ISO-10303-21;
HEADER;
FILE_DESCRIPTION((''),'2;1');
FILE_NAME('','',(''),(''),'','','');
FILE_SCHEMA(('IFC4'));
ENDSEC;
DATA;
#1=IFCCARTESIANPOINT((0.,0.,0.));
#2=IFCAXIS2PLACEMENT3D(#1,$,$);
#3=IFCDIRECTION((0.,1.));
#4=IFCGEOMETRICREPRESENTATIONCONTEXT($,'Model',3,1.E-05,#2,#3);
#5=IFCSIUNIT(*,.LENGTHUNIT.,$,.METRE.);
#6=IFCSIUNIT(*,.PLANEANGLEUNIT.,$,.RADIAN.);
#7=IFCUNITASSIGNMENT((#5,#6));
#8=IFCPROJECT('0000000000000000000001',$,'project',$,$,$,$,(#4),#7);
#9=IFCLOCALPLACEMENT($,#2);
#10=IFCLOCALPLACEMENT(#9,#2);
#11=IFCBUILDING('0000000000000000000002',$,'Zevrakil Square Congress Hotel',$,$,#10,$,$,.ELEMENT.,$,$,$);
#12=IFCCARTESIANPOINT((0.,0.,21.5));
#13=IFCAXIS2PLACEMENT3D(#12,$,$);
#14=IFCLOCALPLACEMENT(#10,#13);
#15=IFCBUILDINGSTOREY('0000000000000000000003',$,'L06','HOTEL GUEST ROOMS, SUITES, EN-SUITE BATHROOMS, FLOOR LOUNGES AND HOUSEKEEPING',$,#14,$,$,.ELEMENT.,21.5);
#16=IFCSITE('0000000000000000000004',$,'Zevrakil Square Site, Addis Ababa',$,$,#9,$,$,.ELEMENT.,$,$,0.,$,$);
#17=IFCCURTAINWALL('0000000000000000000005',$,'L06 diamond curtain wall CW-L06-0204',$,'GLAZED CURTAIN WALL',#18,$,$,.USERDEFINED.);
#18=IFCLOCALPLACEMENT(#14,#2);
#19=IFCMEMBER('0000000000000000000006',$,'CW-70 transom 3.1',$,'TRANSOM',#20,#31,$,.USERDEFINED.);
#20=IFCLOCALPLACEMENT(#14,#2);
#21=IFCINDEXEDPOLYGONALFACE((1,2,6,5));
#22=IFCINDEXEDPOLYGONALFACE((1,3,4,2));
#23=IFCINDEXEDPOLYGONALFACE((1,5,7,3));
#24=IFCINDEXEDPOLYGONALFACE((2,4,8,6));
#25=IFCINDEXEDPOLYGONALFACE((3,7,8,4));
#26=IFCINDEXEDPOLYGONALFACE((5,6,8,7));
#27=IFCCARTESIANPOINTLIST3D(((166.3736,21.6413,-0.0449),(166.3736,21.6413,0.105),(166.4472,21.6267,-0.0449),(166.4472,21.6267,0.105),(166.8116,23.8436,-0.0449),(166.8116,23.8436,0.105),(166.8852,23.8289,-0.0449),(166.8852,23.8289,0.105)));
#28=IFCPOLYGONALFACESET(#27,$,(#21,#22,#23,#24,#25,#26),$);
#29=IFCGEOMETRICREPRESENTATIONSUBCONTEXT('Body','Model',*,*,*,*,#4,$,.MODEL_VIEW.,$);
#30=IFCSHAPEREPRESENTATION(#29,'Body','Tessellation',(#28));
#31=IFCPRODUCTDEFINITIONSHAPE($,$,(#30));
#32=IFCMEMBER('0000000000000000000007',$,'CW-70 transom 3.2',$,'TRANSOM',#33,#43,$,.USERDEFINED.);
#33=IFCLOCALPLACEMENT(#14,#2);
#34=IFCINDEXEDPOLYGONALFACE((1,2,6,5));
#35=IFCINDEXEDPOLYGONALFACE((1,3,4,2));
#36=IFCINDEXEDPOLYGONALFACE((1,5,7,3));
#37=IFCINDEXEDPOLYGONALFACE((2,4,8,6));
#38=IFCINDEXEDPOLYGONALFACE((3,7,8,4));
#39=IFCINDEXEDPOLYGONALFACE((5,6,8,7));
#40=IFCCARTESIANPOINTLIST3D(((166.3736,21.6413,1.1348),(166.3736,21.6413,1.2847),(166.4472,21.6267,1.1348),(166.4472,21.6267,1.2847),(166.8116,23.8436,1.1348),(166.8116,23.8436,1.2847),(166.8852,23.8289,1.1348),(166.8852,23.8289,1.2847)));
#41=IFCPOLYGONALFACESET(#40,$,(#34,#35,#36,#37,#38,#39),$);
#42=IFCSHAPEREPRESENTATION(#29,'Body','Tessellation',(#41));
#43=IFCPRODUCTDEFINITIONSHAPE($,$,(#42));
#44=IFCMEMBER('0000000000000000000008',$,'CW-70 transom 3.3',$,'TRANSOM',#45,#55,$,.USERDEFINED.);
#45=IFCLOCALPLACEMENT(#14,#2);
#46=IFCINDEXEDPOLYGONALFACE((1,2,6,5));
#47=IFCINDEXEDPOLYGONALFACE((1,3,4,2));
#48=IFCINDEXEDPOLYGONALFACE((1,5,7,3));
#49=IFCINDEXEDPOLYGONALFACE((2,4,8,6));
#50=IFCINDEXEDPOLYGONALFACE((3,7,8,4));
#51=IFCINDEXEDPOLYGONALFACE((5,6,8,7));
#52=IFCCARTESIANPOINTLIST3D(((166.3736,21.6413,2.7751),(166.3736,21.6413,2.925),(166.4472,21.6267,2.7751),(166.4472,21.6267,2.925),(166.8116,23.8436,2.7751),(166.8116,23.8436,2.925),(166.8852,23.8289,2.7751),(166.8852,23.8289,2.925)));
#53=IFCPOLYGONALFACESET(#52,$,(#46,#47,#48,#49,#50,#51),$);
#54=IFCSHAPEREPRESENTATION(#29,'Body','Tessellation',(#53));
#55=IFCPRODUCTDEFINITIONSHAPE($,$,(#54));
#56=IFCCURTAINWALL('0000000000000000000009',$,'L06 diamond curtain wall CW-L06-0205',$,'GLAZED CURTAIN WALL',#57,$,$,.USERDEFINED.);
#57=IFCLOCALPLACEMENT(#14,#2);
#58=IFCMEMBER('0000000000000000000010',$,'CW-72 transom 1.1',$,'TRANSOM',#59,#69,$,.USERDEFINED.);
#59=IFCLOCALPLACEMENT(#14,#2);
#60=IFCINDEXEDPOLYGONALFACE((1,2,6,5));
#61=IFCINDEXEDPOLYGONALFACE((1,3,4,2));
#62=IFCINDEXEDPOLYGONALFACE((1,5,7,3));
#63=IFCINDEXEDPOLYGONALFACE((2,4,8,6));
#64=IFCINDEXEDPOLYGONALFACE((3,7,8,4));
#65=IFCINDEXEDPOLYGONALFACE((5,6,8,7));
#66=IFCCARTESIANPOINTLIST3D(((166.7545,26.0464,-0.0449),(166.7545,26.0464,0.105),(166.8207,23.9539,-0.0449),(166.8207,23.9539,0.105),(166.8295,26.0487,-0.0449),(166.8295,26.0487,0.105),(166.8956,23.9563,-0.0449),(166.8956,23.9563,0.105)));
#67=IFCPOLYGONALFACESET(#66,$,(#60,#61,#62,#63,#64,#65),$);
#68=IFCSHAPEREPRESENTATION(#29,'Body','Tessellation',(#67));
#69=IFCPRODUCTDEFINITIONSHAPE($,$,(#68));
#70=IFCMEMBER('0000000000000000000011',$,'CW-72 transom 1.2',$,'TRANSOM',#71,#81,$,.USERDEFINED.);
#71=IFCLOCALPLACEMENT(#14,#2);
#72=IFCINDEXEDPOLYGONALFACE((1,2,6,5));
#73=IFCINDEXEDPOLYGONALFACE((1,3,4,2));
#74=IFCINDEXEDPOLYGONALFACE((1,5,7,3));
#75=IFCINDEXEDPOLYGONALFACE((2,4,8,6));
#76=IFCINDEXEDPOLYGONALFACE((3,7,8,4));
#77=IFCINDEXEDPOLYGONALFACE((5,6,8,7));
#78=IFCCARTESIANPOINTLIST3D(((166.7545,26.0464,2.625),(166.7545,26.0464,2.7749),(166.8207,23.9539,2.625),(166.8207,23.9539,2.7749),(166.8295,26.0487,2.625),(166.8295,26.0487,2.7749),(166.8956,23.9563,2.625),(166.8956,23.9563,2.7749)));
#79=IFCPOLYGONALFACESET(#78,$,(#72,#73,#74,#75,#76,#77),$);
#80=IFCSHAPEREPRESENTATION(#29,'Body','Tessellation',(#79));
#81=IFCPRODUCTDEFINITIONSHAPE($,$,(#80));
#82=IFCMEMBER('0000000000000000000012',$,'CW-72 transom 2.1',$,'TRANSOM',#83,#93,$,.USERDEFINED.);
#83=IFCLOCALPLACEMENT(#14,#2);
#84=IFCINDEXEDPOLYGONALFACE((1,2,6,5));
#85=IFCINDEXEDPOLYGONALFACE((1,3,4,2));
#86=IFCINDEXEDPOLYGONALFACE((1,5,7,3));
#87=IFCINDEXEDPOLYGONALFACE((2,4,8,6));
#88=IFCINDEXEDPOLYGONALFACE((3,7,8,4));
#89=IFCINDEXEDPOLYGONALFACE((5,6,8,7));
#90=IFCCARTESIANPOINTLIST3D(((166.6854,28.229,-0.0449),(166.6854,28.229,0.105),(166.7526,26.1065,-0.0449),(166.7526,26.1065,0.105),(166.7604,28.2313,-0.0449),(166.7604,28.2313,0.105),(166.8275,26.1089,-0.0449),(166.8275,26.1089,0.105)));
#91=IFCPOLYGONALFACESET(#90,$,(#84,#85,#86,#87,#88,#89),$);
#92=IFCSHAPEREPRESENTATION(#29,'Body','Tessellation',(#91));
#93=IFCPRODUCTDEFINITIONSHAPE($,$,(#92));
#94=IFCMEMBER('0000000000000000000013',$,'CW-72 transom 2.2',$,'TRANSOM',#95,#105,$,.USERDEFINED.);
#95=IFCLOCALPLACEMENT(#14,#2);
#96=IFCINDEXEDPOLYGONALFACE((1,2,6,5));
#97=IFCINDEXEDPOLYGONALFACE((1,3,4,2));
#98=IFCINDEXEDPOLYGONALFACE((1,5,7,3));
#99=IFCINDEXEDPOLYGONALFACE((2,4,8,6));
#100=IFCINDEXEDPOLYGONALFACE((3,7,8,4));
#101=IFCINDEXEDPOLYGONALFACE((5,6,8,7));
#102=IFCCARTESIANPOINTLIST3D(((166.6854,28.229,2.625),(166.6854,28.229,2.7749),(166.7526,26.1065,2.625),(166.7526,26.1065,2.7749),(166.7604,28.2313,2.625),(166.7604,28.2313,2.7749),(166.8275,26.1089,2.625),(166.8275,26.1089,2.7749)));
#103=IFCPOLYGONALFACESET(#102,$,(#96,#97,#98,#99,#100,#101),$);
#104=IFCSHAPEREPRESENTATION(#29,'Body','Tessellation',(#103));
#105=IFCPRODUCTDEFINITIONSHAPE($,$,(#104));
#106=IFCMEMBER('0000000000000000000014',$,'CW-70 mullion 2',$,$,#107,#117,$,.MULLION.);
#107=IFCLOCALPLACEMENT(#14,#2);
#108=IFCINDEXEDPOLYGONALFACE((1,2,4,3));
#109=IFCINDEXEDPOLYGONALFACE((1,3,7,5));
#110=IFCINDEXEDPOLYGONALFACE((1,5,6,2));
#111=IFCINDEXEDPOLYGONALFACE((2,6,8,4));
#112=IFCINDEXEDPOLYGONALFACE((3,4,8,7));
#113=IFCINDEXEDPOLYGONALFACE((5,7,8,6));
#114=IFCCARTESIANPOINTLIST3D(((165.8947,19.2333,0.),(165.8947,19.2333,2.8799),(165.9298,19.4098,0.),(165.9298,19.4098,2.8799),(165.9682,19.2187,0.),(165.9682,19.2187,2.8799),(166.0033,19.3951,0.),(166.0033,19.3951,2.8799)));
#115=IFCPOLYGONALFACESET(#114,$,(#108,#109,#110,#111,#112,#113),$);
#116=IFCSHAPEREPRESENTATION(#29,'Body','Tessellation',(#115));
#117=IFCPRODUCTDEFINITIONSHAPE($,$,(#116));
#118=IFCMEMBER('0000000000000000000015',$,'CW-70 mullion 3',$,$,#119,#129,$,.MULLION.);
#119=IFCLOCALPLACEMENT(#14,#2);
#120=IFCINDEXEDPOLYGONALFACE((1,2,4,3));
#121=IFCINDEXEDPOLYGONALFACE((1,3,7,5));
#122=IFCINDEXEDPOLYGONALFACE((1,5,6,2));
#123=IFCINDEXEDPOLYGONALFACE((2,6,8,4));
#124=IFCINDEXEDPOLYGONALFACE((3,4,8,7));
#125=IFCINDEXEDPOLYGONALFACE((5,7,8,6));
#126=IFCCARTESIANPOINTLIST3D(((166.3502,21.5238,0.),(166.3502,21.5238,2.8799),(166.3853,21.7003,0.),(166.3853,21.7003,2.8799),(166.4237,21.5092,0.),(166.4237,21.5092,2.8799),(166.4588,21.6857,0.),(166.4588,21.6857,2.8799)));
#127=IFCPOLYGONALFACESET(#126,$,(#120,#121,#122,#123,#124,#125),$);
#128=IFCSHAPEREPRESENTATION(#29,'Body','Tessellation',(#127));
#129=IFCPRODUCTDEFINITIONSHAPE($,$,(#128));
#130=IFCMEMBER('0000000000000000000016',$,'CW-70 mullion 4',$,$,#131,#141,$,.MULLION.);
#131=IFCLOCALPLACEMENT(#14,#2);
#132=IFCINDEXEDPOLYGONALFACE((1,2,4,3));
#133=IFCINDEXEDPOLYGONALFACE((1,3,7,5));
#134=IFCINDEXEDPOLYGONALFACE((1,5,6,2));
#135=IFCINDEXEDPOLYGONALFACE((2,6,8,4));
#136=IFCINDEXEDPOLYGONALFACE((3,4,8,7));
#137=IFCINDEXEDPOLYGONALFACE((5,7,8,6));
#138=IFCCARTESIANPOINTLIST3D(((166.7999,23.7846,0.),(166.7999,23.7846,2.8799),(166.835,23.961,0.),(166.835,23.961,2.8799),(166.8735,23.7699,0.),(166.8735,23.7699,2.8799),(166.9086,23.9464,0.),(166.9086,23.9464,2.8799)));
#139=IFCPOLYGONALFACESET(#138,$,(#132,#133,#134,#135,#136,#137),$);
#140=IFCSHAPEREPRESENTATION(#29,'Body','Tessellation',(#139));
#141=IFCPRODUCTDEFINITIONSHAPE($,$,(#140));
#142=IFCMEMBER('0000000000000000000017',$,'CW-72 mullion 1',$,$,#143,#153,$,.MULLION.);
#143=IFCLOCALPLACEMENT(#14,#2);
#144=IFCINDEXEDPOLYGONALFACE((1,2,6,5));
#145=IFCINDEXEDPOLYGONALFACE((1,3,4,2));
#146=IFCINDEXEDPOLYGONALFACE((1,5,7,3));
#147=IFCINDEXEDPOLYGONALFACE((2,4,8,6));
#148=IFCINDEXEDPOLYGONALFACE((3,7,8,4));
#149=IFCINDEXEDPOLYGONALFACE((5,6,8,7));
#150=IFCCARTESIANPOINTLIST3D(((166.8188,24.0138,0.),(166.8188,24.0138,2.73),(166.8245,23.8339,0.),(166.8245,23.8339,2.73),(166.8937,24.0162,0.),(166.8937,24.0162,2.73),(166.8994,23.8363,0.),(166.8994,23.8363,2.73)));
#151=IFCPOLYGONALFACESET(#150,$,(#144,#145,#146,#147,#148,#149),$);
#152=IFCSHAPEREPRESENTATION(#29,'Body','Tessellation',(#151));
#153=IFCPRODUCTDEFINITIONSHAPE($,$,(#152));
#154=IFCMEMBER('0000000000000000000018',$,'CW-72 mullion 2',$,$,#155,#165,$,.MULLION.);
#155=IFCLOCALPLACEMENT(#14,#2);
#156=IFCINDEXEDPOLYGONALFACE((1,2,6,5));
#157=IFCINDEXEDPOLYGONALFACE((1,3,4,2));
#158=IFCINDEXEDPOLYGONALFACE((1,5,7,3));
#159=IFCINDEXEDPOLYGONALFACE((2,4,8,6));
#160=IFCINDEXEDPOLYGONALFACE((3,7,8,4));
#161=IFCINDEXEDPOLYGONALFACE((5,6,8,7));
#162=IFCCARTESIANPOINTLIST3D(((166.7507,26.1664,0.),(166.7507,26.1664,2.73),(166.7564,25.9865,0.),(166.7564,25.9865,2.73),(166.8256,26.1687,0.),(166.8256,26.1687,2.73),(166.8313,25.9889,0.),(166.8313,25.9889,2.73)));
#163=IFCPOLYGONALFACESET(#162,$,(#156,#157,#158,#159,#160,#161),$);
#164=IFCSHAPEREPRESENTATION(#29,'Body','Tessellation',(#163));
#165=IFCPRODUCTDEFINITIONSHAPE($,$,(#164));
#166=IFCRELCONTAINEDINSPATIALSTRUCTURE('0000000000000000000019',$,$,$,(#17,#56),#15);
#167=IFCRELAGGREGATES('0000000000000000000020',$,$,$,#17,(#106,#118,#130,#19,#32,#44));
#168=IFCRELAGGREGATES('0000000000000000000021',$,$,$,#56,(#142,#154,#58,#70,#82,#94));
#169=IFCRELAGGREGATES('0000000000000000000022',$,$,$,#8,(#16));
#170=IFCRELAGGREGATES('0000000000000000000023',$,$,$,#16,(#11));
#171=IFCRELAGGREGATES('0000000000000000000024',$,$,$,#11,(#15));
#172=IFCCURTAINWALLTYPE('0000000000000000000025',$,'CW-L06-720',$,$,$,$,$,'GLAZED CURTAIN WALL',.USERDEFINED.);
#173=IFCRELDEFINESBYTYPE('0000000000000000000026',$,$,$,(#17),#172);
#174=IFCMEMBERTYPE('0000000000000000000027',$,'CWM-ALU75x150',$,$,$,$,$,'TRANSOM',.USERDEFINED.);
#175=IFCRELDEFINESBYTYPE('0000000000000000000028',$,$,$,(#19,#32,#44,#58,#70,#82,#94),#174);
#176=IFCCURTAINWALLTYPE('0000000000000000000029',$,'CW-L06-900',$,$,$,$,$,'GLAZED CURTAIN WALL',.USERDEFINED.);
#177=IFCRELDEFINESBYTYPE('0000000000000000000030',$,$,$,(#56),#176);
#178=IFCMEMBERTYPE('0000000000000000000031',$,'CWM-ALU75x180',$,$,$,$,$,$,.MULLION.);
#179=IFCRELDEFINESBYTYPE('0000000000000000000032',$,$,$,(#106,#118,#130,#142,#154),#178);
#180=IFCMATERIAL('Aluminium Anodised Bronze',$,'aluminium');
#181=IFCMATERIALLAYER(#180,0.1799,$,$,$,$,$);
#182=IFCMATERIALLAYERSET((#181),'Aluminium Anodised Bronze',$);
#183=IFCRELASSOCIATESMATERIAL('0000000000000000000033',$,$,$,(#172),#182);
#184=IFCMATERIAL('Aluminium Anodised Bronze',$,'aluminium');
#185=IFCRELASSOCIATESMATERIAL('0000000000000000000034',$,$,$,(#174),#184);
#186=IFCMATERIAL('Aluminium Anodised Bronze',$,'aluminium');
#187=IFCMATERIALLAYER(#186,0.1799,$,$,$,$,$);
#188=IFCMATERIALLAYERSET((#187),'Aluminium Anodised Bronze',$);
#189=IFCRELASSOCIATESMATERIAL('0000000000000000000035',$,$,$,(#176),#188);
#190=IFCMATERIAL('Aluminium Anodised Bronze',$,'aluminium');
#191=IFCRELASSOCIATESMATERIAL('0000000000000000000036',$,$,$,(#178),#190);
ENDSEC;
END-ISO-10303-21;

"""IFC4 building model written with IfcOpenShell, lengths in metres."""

from ifc_helpers import new_model, si_unit, direction, frame, origin, origin_2d, place, context, subcontext, project, spatial, rectangle, extrude, material, layer, layer_set, material_profile, profile_set, type_object, element, aggregate, save


model = new_model("IFC4")

# Units and contexts
model_context = context("Model", 3, precision=1e-05, world=origin(), true_north=direction((0.0, 1.0)))
body_context = subcontext(model_context, "Body", "Model", "MODEL_VIEW")
ifc_project = project(units=[si_unit("LENGTHUNIT", "METRE"), si_unit("PLANEANGLEUNIT", "RADIAN")], contexts=[model_context])

# Site, building, storey
site_placement = place(None, origin())
site = spatial("IfcSite", under=ifc_project, at=site_placement, Name="Zevrakil Square Site, Addis Ababa", CompositionType="ELEMENT", RefElevation=0.0)
building_placement = place(site_placement, origin())
building = spatial("IfcBuilding", under=site, at=building_placement, Name="Zevrakil Square Congress Hotel", CompositionType="ELEMENT")
storey_placement = place(building_placement, frame((0.0, 0.0, 21.5)))
storey = spatial("IfcBuildingStorey", under=building, at=storey_placement, Name="L06", Description="HOTEL GUEST ROOMS, SUITES, EN-SUITE BATHROOMS, FLOOR LOUNGES AND HOUSEKEEPING", CompositionType="ELEMENT", Elevation=21.5)

# Curtain walls, members
ifc_material_1 = material(Name="Aluminium Anodised Bronze", Category="aluminium")
ifc_layer_1 = layer(ifc_material_1, 0.1799)
ifc_layer_set_1 = layer_set([ifc_layer_1], Name="Aluminium Anodised Bronze")
curtain_wall_type_1 = type_object("IfcCurtainWallType", Name="CW-L06-720", ElementType="GLAZED CURTAIN WALL", PredefinedType="USERDEFINED", material=ifc_layer_set_1)
curtain_wall_1_placement = place(storey_placement, origin())
curtain_wall_1 = element("IfcCurtainWall", 1, at=curtain_wall_1_placement, inside=storey, type_object=curtain_wall_type_1, Name="L06 diamond curtain wall CW-L06-0204", ObjectType="GLAZED CURTAIN WALL", PredefinedType="USERDEFINED")
ifc_material_2 = material(Name="Aluminium Anodised Bronze", Category="aluminium")
ifc_material_profile_1 = material_profile(ifc_material_2, rectangle(XDim=0.075, YDim=0.1499, at=origin_2d()), Name="ALU 75x150")
ifc_profile_set_1 = profile_set([ifc_material_profile_1], Name="Aluminium Anodised Bronze")
member_type_1 = type_object("IfcMemberType", Name="CWM-ALU75x150", ElementType="TRANSOM", PredefinedType="USERDEFINED", material=ifc_profile_set_1)
member_1_placement = place(storey_placement, frame((166.4104, 21.634, 0.03), z_axis=(0.19507, 0.980789, 0.0), x_axis=(-0.980789, 0.19507, 0.0)))
member_1 = element("IfcMember", 2, at=member_1_placement, type_object=member_type_1, Name="CW-70 transom 3.1", ObjectType="TRANSOM", PredefinedType="USERDEFINED", context=body_context, shape_type="SweptSolid", body=[
    extrude(rectangle(XDim=0.075, YDim=0.1499, at=origin_2d()), origin(), (0.0, 0.0, 1.0), 2.2454),
])
member_2_placement = place(storey_placement, frame((166.4104, 21.634, 1.2097), z_axis=(0.19507, 0.980789, 0.0), x_axis=(-0.980789, 0.19507, 0.0)))
member_2 = element("IfcMember", 3, at=member_2_placement, type_object=member_type_1, Name="CW-70 transom 3.2", ObjectType="TRANSOM", PredefinedType="USERDEFINED", context=body_context, shape_type="SweptSolid", body=[
    extrude(rectangle(XDim=0.075, YDim=0.1499, at=origin_2d()), origin(), (0.0, 0.0, 1.0), 2.2454),
])
member_3_placement = place(storey_placement, frame((166.4104, 21.634, 2.8501), z_axis=(0.19507, 0.980789, 0.0), x_axis=(-0.980789, 0.19507, 0.0)))
member_3 = element("IfcMember", 4, at=member_3_placement, type_object=member_type_1, Name="CW-70 transom 3.3", ObjectType="TRANSOM", PredefinedType="USERDEFINED", context=body_context, shape_type="SweptSolid", body=[
    extrude(rectangle(XDim=0.075, YDim=0.1499, at=origin_2d()), origin(), (0.0, 0.0, 1.0), 2.2454),
])
ifc_material_3 = material(Name="Aluminium Anodised Bronze", Category="aluminium")
ifc_layer_2 = layer(ifc_material_3, 0.1799)
ifc_layer_set_2 = layer_set([ifc_layer_2], Name="Aluminium Anodised Bronze")
curtain_wall_type_2 = type_object("IfcCurtainWallType", Name="CW-L06-900", ElementType="GLAZED CURTAIN WALL", PredefinedType="USERDEFINED", material=ifc_layer_set_2)
curtain_wall_2_placement = place(storey_placement, origin())
curtain_wall_2 = element("IfcCurtainWall", 5, at=curtain_wall_2_placement, inside=storey, type_object=curtain_wall_type_2, Name="L06 diamond curtain wall CW-L06-0205", ObjectType="GLAZED CURTAIN WALL", PredefinedType="USERDEFINED")
member_4_placement = place(storey_placement, frame((166.8582, 23.9551, 0.03), z_axis=(-0.031602, 0.999501, 0.0), x_axis=(-0.999501, -0.031602, 0.0)))
member_4 = element("IfcMember", 6, at=member_4_placement, type_object=member_type_1, Name="CW-72 transom 1.1", ObjectType="TRANSOM", PredefinedType="USERDEFINED", context=body_context, shape_type="SweptSolid", body=[
    extrude(rectangle(XDim=0.075, YDim=0.1499, at=origin_2d()), origin(), (0.0, 0.0, 1.0), 2.0935),
])
member_5_placement = place(storey_placement, frame((166.8582, 23.9551, 2.7), z_axis=(-0.031602, 0.999501, 0.0), x_axis=(-0.999501, -0.031602, 0.0)))
member_5 = element("IfcMember", 7, at=member_5_placement, type_object=member_type_1, Name="CW-72 transom 1.2", ObjectType="TRANSOM", PredefinedType="USERDEFINED", context=body_context, shape_type="SweptSolid", body=[
    extrude(rectangle(XDim=0.075, YDim=0.1499, at=origin_2d()), origin(), (0.0, 0.0, 1.0), 2.0935),
])
member_6_placement = place(storey_placement, frame((166.79, 26.1077, 0.03), z_axis=(-0.031615, 0.9995, 0.0), x_axis=(-0.9995, -0.031615, 0.0)))
member_6 = element("IfcMember", 8, at=member_6_placement, type_object=member_type_1, Name="CW-72 transom 2.1", ObjectType="TRANSOM", PredefinedType="USERDEFINED", context=body_context, shape_type="SweptSolid", body=[
    extrude(rectangle(XDim=0.075, YDim=0.1499, at=origin_2d()), origin(), (0.0, 0.0, 1.0), 2.1235),
])
member_7_placement = place(storey_placement, frame((166.79, 26.1077, 2.7), z_axis=(-0.031615, 0.9995, 0.0), x_axis=(-0.9995, -0.031615, 0.0)))
member_7 = element("IfcMember", 9, at=member_7_placement, type_object=member_type_1, Name="CW-72 transom 2.2", ObjectType="TRANSOM", PredefinedType="USERDEFINED", context=body_context, shape_type="SweptSolid", body=[
    extrude(rectangle(XDim=0.075, YDim=0.1499, at=origin_2d()), origin(), (0.0, 0.0, 1.0), 2.1235),
])

# Members
ifc_material_4 = material(Name="Aluminium Anodised Bronze", Category="aluminium")
ifc_material_profile_2 = material_profile(ifc_material_4, rectangle(XDim=0.075, YDim=0.1799, at=origin_2d()), Name="ALU 75x180")
ifc_profile_set_2 = profile_set([ifc_material_profile_2], Name="Aluminium Anodised Bronze")
member_type_2 = type_object("IfcMemberType", Name="CWM-ALU75x180", PredefinedType="MULLION", material=ifc_profile_set_2)
member_8_placement = place(storey_placement, frame((165.949, 19.3142, 0.0), z_axis=(0.0, 0.0, 1.0), x_axis=(-0.980787, 0.195084, 0.0)))
member_8 = element("IfcMember", 10, at=member_8_placement, type_object=member_type_2, Name="CW-70 mullion 2", PredefinedType="MULLION", context=body_context, shape_type="SweptSolid", body=[
    extrude(rectangle(XDim=0.075, YDim=0.1799, at=origin_2d()), origin(), (0.0, 0.0, 1.0), 2.8799),
])
member_9_placement = place(storey_placement, frame((166.4045, 21.6047, 0.0), z_axis=(0.0, 0.0, 1.0), x_axis=(-0.980787, 0.195084, 0.0)))
member_9 = element("IfcMember", 11, at=member_9_placement, type_object=member_type_2, Name="CW-70 mullion 3", PredefinedType="MULLION", context=body_context, shape_type="SweptSolid", body=[
    extrude(rectangle(XDim=0.075, YDim=0.1799, at=origin_2d()), origin(), (0.0, 0.0, 1.0), 2.8799),
])
member_10_placement = place(storey_placement, frame((166.8542, 23.8655, 0.0), z_axis=(0.0, 0.0, 1.0), x_axis=(-0.980787, 0.195084, 0.0)))
member_10 = element("IfcMember", 12, at=member_10_placement, type_object=member_type_2, Name="CW-70 mullion 4", PredefinedType="MULLION", context=body_context, shape_type="SweptSolid", body=[
    extrude(rectangle(XDim=0.075, YDim=0.1799, at=origin_2d()), origin(), (0.0, 0.0, 1.0), 2.8799),
])
member_11_placement = place(storey_placement, frame((166.8591, 23.925, 0.0), z_axis=(0.0, 0.0, 1.0), x_axis=(-0.999501, -0.031598, 0.0)))
member_11 = element("IfcMember", 13, at=member_11_placement, type_object=member_type_2, Name="CW-72 mullion 1", PredefinedType="MULLION", context=body_context, shape_type="SweptSolid", body=[
    extrude(rectangle(XDim=0.075, YDim=0.1799, at=origin_2d()), origin(), (0.0, 0.0, 1.0), 2.73),
])
member_12_placement = place(storey_placement, frame((166.791, 26.0776, 0.0), z_axis=(0.0, 0.0, 1.0), x_axis=(-0.999501, -0.031598, 0.0)))
member_12 = element("IfcMember", 14, at=member_12_placement, type_object=member_type_2, Name="CW-72 mullion 2", PredefinedType="MULLION", context=body_context, shape_type="SweptSolid", body=[
    extrude(rectangle(XDim=0.075, YDim=0.1799, at=origin_2d()), origin(), (0.0, 0.0, 1.0), 2.73),
])

aggregate(curtain_wall_1, [member_8, member_9, member_10, member_1, member_2, member_3])
aggregate(curtain_wall_2, [member_11, member_12, member_4, member_5, member_6, member_7])

save(model, "model.ifc")
